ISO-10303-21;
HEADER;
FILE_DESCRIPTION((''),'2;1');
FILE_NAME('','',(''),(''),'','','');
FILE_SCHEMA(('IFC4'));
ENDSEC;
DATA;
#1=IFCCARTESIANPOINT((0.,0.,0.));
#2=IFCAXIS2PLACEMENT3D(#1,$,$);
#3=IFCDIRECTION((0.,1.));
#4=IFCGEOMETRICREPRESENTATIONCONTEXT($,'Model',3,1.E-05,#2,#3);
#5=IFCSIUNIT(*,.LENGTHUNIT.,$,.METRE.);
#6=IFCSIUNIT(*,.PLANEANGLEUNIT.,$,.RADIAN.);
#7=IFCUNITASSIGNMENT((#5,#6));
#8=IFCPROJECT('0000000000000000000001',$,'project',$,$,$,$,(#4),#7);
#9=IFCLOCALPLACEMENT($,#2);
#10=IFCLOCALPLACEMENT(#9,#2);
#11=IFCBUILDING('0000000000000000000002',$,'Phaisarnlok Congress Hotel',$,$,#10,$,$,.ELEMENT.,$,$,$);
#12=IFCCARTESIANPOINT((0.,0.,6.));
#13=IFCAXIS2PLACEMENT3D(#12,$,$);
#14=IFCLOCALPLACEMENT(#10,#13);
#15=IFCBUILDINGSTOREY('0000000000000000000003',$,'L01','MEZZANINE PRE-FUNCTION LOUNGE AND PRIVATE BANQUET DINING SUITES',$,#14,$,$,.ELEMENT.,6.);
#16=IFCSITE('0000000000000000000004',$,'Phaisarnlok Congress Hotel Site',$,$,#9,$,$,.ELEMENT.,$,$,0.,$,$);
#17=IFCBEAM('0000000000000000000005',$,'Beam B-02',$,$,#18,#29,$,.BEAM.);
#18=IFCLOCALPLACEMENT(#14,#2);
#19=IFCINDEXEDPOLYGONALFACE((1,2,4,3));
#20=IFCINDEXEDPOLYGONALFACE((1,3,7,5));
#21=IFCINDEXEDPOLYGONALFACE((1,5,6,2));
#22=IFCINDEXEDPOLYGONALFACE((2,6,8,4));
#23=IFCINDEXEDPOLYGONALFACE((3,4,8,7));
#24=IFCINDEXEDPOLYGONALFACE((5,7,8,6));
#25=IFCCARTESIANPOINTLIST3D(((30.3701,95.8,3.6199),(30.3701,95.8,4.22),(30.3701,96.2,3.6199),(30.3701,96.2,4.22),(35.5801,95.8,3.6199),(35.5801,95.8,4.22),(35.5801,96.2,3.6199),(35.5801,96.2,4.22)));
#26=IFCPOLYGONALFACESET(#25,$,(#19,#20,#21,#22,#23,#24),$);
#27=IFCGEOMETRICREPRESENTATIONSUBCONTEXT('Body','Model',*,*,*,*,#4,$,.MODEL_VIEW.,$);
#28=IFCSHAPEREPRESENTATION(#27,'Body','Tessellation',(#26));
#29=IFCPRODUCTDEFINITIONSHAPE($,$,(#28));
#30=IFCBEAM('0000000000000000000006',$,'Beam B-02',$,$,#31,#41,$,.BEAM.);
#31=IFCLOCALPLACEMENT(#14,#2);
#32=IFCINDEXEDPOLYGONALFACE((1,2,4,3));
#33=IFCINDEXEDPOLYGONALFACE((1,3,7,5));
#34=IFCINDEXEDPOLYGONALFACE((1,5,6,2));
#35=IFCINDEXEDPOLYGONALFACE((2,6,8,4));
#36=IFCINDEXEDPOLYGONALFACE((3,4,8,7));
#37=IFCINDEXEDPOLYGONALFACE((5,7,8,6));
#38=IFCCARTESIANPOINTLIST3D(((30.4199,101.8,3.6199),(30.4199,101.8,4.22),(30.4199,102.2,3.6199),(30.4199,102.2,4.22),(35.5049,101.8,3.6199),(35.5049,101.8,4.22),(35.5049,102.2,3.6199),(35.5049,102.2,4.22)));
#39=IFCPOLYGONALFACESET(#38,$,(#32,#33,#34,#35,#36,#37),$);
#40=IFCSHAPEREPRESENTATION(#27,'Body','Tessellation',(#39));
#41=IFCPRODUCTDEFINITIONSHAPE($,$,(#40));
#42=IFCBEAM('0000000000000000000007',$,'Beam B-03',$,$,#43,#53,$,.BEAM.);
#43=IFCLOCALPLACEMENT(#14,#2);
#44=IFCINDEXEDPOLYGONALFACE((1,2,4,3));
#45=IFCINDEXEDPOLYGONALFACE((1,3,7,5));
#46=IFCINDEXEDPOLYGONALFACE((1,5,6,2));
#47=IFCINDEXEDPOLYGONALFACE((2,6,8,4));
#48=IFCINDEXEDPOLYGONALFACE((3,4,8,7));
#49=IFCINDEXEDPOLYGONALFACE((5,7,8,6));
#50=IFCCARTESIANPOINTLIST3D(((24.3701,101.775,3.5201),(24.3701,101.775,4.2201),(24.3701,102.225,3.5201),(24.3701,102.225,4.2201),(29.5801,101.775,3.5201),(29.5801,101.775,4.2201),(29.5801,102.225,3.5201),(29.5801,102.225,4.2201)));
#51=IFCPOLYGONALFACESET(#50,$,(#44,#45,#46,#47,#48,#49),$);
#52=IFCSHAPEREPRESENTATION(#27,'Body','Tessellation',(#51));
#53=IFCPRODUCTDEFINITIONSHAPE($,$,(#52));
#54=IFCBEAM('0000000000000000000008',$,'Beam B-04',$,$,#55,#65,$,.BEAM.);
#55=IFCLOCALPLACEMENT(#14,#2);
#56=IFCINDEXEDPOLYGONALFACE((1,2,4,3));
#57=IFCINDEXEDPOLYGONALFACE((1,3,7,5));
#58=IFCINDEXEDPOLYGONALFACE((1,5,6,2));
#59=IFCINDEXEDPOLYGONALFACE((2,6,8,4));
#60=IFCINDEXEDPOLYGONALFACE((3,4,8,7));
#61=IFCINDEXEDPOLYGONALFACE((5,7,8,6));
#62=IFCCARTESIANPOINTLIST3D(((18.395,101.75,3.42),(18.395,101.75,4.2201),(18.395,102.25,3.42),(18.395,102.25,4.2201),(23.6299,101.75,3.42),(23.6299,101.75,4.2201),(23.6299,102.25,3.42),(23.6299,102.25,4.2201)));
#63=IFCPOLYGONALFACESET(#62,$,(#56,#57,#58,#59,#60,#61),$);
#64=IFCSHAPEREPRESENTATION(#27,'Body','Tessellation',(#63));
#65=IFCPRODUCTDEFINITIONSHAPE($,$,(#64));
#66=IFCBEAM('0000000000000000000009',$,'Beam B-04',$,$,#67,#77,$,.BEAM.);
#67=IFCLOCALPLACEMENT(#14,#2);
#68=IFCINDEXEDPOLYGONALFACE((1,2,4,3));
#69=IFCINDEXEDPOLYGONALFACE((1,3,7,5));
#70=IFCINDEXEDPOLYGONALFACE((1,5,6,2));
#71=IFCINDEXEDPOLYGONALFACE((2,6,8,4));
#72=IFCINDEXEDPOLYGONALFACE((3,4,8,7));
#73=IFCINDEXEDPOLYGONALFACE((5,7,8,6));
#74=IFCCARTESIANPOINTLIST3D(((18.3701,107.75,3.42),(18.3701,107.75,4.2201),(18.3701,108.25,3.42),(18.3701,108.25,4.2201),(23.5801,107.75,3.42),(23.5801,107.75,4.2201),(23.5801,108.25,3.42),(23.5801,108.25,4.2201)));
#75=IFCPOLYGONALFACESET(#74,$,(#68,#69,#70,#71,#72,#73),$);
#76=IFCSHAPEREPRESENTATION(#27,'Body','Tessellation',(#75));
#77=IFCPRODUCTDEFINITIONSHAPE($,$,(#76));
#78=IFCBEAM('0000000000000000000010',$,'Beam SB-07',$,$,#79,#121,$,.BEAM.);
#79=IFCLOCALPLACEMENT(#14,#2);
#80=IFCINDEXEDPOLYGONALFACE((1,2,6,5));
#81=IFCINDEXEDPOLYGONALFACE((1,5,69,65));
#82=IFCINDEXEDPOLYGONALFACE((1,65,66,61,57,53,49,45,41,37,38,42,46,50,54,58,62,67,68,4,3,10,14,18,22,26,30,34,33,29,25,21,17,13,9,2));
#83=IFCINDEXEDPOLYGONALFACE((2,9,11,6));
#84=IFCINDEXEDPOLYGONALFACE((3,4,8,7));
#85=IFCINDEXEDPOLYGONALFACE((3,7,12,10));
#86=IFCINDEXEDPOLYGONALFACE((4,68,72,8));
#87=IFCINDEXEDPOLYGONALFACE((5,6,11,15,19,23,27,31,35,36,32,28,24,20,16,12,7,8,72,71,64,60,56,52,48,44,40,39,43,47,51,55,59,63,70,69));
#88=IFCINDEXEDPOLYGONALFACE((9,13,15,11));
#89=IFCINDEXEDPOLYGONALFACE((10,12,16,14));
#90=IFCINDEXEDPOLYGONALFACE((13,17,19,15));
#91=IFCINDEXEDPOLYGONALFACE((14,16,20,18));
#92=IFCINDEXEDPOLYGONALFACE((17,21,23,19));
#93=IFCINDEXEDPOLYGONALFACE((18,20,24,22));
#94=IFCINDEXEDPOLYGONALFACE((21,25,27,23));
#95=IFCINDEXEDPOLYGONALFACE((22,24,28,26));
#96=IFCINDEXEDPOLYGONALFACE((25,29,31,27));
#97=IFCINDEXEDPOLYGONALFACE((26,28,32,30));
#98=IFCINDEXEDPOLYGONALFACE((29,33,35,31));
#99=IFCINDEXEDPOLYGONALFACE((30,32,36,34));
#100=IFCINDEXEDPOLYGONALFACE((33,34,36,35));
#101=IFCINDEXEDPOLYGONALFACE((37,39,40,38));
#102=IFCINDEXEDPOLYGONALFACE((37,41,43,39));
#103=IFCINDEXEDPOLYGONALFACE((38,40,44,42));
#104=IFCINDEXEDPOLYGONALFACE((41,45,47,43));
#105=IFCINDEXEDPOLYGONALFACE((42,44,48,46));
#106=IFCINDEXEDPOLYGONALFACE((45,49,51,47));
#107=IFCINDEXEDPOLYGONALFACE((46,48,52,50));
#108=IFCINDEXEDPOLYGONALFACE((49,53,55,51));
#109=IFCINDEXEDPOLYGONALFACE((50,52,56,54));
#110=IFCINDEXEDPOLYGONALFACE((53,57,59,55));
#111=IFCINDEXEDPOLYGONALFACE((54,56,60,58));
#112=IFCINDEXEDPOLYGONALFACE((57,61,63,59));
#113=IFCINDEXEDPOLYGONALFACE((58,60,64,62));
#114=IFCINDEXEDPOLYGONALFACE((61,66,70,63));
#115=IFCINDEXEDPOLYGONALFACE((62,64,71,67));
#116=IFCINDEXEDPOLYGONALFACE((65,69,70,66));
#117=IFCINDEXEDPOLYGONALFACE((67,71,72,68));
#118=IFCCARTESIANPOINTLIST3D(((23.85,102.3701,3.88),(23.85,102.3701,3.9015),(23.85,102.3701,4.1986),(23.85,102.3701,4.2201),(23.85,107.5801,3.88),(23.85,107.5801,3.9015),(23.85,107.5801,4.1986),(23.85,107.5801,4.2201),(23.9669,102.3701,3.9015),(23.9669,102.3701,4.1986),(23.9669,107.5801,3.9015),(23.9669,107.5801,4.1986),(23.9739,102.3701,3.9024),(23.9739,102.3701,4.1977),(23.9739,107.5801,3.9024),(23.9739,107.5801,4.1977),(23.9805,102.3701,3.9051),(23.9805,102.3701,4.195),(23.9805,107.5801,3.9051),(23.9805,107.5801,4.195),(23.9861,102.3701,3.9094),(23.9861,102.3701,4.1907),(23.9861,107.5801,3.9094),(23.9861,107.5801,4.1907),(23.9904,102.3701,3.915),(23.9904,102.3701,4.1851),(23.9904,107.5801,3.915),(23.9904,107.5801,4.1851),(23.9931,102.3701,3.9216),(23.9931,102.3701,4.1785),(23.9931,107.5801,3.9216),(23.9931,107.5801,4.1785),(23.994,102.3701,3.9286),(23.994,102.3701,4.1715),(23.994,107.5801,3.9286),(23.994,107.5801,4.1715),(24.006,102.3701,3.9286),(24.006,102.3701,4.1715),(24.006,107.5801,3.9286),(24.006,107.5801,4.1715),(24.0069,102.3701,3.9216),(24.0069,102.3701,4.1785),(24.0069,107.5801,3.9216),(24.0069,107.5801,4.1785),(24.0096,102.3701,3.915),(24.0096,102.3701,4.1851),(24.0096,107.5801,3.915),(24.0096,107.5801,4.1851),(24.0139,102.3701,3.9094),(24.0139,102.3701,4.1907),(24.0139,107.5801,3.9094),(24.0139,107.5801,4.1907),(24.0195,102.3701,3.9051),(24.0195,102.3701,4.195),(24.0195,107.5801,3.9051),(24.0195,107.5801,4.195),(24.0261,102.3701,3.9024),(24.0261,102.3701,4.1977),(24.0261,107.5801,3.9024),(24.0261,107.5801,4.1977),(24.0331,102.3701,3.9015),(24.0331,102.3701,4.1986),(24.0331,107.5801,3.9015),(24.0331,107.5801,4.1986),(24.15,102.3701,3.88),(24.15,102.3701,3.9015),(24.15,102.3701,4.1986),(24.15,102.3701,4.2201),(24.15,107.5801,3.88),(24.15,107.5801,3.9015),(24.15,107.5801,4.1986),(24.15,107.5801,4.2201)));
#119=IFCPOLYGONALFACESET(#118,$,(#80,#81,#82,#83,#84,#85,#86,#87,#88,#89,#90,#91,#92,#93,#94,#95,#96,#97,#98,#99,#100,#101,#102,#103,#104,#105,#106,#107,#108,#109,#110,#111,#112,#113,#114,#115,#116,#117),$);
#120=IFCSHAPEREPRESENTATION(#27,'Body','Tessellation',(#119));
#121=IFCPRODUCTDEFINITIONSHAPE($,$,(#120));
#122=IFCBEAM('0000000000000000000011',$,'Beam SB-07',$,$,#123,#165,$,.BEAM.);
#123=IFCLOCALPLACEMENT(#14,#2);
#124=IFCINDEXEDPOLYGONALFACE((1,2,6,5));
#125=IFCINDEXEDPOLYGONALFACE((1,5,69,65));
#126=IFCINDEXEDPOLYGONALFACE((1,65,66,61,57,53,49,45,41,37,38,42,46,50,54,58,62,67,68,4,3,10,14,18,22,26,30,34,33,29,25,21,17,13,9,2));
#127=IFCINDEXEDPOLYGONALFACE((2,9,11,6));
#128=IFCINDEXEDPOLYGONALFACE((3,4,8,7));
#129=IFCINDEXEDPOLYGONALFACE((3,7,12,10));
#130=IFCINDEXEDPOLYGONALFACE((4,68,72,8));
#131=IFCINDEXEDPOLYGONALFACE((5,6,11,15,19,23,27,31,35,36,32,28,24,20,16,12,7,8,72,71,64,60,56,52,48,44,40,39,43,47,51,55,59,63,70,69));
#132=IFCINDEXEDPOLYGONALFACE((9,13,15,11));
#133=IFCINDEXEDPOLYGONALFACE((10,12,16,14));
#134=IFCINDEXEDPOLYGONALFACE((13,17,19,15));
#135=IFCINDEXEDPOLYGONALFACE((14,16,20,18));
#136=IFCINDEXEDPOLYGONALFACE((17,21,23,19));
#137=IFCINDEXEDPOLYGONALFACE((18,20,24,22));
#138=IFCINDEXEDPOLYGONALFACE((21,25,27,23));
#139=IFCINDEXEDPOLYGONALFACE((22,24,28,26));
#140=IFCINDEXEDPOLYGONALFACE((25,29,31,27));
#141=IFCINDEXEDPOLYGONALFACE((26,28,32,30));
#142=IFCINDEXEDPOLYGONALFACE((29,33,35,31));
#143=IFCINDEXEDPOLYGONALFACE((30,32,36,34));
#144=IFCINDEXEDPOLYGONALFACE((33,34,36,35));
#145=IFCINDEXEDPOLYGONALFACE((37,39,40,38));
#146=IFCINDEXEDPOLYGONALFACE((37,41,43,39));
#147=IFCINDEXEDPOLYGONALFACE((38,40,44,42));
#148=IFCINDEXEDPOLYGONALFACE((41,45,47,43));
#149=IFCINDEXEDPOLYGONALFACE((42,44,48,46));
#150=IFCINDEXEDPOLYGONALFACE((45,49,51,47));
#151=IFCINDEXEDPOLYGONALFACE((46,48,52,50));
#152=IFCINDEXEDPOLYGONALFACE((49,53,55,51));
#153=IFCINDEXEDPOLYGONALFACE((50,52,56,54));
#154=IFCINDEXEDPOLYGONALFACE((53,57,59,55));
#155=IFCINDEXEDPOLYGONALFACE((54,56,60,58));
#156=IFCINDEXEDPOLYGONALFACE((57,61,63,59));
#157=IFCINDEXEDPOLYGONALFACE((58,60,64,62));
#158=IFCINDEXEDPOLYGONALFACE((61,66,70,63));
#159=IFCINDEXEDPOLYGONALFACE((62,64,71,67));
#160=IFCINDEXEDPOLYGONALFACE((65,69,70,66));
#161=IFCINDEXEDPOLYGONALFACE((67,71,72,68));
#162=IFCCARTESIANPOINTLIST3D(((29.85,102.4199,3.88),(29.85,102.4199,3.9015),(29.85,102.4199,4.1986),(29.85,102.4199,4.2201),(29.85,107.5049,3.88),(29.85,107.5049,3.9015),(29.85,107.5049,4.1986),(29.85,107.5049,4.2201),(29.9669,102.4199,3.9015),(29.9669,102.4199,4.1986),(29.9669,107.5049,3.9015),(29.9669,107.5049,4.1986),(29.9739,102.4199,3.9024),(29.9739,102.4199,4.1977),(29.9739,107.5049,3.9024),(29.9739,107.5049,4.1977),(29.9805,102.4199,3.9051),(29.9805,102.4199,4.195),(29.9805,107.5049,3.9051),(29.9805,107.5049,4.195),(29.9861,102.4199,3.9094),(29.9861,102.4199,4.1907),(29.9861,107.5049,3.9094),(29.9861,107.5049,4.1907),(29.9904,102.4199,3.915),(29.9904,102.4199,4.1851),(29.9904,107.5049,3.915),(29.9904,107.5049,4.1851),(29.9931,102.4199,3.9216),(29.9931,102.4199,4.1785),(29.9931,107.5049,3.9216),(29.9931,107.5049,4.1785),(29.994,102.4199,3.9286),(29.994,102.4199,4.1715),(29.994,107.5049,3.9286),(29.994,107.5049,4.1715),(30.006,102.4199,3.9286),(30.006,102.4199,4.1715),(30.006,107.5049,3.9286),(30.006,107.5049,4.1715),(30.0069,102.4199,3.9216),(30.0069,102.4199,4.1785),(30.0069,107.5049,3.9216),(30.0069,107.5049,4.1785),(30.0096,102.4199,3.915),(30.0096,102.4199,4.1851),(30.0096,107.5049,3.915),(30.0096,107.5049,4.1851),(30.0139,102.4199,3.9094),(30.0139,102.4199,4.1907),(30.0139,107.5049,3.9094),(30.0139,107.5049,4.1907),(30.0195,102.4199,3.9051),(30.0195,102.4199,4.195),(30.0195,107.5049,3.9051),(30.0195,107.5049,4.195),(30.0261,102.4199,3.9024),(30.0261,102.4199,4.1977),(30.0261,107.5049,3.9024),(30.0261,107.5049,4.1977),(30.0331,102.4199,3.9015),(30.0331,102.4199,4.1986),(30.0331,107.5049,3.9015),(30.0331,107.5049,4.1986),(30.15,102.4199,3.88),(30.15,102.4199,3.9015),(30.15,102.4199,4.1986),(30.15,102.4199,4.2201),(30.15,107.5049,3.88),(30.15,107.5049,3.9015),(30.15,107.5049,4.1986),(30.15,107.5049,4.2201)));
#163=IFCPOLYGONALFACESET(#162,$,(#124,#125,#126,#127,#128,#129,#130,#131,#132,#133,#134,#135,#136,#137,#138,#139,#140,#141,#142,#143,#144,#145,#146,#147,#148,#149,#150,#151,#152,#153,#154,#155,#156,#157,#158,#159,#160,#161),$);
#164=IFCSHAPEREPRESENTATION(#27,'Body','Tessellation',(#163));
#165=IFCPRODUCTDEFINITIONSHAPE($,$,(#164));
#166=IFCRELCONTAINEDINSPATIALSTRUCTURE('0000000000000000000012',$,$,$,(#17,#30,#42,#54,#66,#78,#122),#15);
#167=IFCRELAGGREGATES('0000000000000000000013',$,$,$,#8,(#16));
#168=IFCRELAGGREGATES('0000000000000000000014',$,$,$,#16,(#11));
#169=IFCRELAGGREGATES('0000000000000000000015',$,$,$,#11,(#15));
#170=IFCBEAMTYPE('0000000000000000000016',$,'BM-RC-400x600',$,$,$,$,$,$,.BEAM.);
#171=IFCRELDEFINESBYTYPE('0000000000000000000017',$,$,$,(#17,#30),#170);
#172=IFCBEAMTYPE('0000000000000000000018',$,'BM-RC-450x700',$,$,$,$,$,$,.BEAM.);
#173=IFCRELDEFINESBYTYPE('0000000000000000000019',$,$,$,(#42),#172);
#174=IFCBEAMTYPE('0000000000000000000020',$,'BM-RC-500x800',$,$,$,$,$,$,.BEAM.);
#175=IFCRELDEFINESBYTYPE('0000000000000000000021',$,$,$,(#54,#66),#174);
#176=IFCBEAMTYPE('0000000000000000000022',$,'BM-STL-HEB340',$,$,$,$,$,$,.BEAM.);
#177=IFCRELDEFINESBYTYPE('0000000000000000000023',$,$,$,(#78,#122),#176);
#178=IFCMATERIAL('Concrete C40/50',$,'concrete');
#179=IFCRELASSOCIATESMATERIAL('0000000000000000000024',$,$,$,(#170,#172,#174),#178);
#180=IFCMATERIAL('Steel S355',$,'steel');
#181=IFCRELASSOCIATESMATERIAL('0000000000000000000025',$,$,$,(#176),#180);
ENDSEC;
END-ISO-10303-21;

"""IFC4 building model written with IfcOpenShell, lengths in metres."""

from ifc_helpers import new_model, si_unit, direction, frame, origin, origin_2d, place, context, subcontext, project, spatial, rectangle, i_section, extrude, material, material_profile, profile_set, type_object, element, save


model = new_model("IFC4")

# Units and contexts
model_context = context("Model", 3, precision=1e-05, world=origin(), true_north=direction((0.0, 1.0)))
body_context = subcontext(model_context, "Body", "Model", "MODEL_VIEW")
ifc_project = project(units=[si_unit("LENGTHUNIT", "METRE"), si_unit("PLANEANGLEUNIT", "RADIAN")], contexts=[model_context])

# Site, building, storey
site_placement = place(None, origin())
site = spatial("IfcSite", under=ifc_project, at=site_placement, Name="Phaisarnlok Congress Hotel Site", CompositionType="ELEMENT", RefElevation=0.0)
building_placement = place(site_placement, origin())
building = spatial("IfcBuilding", under=site, at=building_placement, Name="Phaisarnlok Congress Hotel", CompositionType="ELEMENT")
storey_placement = place(building_placement, frame((0.0, 0.0, 6.0)))
storey = spatial("IfcBuildingStorey", under=building, at=storey_placement, Name="L01", Description="MEZZANINE PRE-FUNCTION LOUNGE AND PRIVATE BANQUET DINING SUITES", CompositionType="ELEMENT", Elevation=6.0)

# Beams
ifc_material_1 = material(Name="Concrete C40/50", Category="concrete")
ifc_material_profile_1 = material_profile(ifc_material_1, rectangle(XDim=0.3999, YDim=0.6001, at=origin_2d()), Name="RC 400x600")
ifc_profile_set_1 = profile_set([ifc_material_profile_1], Name="Concrete C40/50")
beam_type_1 = type_object("IfcBeamType", Name="BM-RC-400x600", PredefinedType="BEAM", material=ifc_profile_set_1)
beam_1_placement = place(storey_placement, frame((30.3701, 96.0, 3.9199), z_axis=(1.0, 0.0, 0.0), x_axis=(0.0, 1.0, 0.0)))
element("IfcBeam", 1, at=beam_1_placement, inside=storey, type_object=beam_type_1, Name="Beam B-02", PredefinedType="BEAM", context=body_context, shape_type="SweptSolid", body=[
    extrude(rectangle(XDim=0.3999, YDim=0.6001, at=origin_2d()), origin(), (0.0, 0.0, 1.0), 5.21),
])
beam_2_placement = place(storey_placement, frame((30.4199, 102.0, 3.9199), z_axis=(1.0, 0.0, 0.0), x_axis=(0.0, 1.0, 0.0)))
element("IfcBeam", 2, at=beam_2_placement, inside=storey, type_object=beam_type_1, Name="Beam B-02", PredefinedType="BEAM", context=body_context, shape_type="SweptSolid", body=[
    extrude(rectangle(XDim=0.3999, YDim=0.6001, at=origin_2d()), origin(), (0.0, 0.0, 1.0), 5.085),
])
ifc_material_profile_2 = material_profile(ifc_material_1, rectangle(XDim=0.45, YDim=0.7, at=origin_2d()), Name="RC 450x700")
ifc_profile_set_2 = profile_set([ifc_material_profile_2], Name="Concrete C40/50")
beam_type_2 = type_object("IfcBeamType", Name="BM-RC-450x700", PredefinedType="BEAM", material=ifc_profile_set_2)
beam_3_placement = place(storey_placement, frame((24.3701, 102.0, 3.8701), z_axis=(1.0, 0.0, 0.0), x_axis=(0.0, 1.0, 0.0)))
element("IfcBeam", 3, at=beam_3_placement, inside=storey, type_object=beam_type_2, Name="Beam B-03", PredefinedType="BEAM", context=body_context, shape_type="SweptSolid", body=[
    extrude(rectangle(XDim=0.45, YDim=0.7, at=origin_2d()), origin(), (0.0, 0.0, 1.0), 5.21),
])
ifc_material_profile_3 = material_profile(ifc_material_1, rectangle(XDim=0.5, YDim=0.8, at=origin_2d()), Name="RC 500x800")
ifc_profile_set_3 = profile_set([ifc_material_profile_3], Name="Concrete C40/50")
beam_type_3 = type_object("IfcBeamType", Name="BM-RC-500x800", PredefinedType="BEAM", material=ifc_profile_set_3)
beam_4_placement = place(storey_placement, frame((18.395, 102.0, 3.8201), z_axis=(1.0, 0.0, 0.0), x_axis=(0.0, 1.0, 0.0)))
element("IfcBeam", 4, at=beam_4_placement, inside=storey, type_object=beam_type_3, Name="Beam B-04", PredefinedType="BEAM", context=body_context, shape_type="SweptSolid", body=[
    extrude(rectangle(XDim=0.5, YDim=0.8, at=origin_2d()), origin(), (0.0, 0.0, 1.0), 5.2349),
])
beam_5_placement = place(storey_placement, frame((18.3701, 108.0, 3.8201), z_axis=(1.0, 0.0, 0.0), x_axis=(0.0, 1.0, 0.0)))
element("IfcBeam", 5, at=beam_5_placement, inside=storey, type_object=beam_type_3, Name="Beam B-04", PredefinedType="BEAM", context=body_context, shape_type="SweptSolid", body=[
    extrude(rectangle(XDim=0.5, YDim=0.8, at=origin_2d()), origin(), (0.0, 0.0, 1.0), 5.21),
])
ifc_material_2 = material(Name="Steel S355", Category="steel")
ifc_material_profile_4 = material_profile(ifc_material_2, i_section(OverallWidth=0.3, OverallDepth=0.3401, WebThickness=0.012, FlangeThickness=0.0215, FilletRadius=0.0271, at=origin_2d()), Name="HEB 340")
ifc_profile_set_4 = profile_set([ifc_material_profile_4], Name="Steel S355")
beam_type_4 = type_object("IfcBeamType", Name="BM-STL-HEB340", PredefinedType="BEAM", material=ifc_profile_set_4)
beam_6_placement = place(storey_placement, frame((24.0, 102.3701, 4.05), z_axis=(0.0, 1.0, 0.0), x_axis=(-1.0, 0.0, 0.0)))
element("IfcBeam", 6, at=beam_6_placement, inside=storey, type_object=beam_type_4, Name="Beam SB-07", PredefinedType="BEAM", context=body_context, shape_type="SweptSolid", body=[
    extrude(i_section(OverallWidth=0.3, OverallDepth=0.3401, WebThickness=0.012, FlangeThickness=0.0215, FilletRadius=0.0271, at=origin_2d()), origin(), (0.0, 0.0, 1.0), 5.21),
])
beam_7_placement = place(storey_placement, frame((30.0, 102.4199, 4.05), z_axis=(0.0, 1.0, 0.0), x_axis=(-1.0, 0.0, 0.0)))
element("IfcBeam", 7, at=beam_7_placement, inside=storey, type_object=beam_type_4, Name="Beam SB-07", PredefinedType="BEAM", context=body_context, shape_type="SweptSolid", body=[
    extrude(i_section(OverallWidth=0.3, OverallDepth=0.3401, WebThickness=0.012, FlangeThickness=0.0215, FilletRadius=0.0271, at=origin_2d()), origin(), (0.0, 0.0, 1.0), 5.085),
])

save(model, "model.ifc")
